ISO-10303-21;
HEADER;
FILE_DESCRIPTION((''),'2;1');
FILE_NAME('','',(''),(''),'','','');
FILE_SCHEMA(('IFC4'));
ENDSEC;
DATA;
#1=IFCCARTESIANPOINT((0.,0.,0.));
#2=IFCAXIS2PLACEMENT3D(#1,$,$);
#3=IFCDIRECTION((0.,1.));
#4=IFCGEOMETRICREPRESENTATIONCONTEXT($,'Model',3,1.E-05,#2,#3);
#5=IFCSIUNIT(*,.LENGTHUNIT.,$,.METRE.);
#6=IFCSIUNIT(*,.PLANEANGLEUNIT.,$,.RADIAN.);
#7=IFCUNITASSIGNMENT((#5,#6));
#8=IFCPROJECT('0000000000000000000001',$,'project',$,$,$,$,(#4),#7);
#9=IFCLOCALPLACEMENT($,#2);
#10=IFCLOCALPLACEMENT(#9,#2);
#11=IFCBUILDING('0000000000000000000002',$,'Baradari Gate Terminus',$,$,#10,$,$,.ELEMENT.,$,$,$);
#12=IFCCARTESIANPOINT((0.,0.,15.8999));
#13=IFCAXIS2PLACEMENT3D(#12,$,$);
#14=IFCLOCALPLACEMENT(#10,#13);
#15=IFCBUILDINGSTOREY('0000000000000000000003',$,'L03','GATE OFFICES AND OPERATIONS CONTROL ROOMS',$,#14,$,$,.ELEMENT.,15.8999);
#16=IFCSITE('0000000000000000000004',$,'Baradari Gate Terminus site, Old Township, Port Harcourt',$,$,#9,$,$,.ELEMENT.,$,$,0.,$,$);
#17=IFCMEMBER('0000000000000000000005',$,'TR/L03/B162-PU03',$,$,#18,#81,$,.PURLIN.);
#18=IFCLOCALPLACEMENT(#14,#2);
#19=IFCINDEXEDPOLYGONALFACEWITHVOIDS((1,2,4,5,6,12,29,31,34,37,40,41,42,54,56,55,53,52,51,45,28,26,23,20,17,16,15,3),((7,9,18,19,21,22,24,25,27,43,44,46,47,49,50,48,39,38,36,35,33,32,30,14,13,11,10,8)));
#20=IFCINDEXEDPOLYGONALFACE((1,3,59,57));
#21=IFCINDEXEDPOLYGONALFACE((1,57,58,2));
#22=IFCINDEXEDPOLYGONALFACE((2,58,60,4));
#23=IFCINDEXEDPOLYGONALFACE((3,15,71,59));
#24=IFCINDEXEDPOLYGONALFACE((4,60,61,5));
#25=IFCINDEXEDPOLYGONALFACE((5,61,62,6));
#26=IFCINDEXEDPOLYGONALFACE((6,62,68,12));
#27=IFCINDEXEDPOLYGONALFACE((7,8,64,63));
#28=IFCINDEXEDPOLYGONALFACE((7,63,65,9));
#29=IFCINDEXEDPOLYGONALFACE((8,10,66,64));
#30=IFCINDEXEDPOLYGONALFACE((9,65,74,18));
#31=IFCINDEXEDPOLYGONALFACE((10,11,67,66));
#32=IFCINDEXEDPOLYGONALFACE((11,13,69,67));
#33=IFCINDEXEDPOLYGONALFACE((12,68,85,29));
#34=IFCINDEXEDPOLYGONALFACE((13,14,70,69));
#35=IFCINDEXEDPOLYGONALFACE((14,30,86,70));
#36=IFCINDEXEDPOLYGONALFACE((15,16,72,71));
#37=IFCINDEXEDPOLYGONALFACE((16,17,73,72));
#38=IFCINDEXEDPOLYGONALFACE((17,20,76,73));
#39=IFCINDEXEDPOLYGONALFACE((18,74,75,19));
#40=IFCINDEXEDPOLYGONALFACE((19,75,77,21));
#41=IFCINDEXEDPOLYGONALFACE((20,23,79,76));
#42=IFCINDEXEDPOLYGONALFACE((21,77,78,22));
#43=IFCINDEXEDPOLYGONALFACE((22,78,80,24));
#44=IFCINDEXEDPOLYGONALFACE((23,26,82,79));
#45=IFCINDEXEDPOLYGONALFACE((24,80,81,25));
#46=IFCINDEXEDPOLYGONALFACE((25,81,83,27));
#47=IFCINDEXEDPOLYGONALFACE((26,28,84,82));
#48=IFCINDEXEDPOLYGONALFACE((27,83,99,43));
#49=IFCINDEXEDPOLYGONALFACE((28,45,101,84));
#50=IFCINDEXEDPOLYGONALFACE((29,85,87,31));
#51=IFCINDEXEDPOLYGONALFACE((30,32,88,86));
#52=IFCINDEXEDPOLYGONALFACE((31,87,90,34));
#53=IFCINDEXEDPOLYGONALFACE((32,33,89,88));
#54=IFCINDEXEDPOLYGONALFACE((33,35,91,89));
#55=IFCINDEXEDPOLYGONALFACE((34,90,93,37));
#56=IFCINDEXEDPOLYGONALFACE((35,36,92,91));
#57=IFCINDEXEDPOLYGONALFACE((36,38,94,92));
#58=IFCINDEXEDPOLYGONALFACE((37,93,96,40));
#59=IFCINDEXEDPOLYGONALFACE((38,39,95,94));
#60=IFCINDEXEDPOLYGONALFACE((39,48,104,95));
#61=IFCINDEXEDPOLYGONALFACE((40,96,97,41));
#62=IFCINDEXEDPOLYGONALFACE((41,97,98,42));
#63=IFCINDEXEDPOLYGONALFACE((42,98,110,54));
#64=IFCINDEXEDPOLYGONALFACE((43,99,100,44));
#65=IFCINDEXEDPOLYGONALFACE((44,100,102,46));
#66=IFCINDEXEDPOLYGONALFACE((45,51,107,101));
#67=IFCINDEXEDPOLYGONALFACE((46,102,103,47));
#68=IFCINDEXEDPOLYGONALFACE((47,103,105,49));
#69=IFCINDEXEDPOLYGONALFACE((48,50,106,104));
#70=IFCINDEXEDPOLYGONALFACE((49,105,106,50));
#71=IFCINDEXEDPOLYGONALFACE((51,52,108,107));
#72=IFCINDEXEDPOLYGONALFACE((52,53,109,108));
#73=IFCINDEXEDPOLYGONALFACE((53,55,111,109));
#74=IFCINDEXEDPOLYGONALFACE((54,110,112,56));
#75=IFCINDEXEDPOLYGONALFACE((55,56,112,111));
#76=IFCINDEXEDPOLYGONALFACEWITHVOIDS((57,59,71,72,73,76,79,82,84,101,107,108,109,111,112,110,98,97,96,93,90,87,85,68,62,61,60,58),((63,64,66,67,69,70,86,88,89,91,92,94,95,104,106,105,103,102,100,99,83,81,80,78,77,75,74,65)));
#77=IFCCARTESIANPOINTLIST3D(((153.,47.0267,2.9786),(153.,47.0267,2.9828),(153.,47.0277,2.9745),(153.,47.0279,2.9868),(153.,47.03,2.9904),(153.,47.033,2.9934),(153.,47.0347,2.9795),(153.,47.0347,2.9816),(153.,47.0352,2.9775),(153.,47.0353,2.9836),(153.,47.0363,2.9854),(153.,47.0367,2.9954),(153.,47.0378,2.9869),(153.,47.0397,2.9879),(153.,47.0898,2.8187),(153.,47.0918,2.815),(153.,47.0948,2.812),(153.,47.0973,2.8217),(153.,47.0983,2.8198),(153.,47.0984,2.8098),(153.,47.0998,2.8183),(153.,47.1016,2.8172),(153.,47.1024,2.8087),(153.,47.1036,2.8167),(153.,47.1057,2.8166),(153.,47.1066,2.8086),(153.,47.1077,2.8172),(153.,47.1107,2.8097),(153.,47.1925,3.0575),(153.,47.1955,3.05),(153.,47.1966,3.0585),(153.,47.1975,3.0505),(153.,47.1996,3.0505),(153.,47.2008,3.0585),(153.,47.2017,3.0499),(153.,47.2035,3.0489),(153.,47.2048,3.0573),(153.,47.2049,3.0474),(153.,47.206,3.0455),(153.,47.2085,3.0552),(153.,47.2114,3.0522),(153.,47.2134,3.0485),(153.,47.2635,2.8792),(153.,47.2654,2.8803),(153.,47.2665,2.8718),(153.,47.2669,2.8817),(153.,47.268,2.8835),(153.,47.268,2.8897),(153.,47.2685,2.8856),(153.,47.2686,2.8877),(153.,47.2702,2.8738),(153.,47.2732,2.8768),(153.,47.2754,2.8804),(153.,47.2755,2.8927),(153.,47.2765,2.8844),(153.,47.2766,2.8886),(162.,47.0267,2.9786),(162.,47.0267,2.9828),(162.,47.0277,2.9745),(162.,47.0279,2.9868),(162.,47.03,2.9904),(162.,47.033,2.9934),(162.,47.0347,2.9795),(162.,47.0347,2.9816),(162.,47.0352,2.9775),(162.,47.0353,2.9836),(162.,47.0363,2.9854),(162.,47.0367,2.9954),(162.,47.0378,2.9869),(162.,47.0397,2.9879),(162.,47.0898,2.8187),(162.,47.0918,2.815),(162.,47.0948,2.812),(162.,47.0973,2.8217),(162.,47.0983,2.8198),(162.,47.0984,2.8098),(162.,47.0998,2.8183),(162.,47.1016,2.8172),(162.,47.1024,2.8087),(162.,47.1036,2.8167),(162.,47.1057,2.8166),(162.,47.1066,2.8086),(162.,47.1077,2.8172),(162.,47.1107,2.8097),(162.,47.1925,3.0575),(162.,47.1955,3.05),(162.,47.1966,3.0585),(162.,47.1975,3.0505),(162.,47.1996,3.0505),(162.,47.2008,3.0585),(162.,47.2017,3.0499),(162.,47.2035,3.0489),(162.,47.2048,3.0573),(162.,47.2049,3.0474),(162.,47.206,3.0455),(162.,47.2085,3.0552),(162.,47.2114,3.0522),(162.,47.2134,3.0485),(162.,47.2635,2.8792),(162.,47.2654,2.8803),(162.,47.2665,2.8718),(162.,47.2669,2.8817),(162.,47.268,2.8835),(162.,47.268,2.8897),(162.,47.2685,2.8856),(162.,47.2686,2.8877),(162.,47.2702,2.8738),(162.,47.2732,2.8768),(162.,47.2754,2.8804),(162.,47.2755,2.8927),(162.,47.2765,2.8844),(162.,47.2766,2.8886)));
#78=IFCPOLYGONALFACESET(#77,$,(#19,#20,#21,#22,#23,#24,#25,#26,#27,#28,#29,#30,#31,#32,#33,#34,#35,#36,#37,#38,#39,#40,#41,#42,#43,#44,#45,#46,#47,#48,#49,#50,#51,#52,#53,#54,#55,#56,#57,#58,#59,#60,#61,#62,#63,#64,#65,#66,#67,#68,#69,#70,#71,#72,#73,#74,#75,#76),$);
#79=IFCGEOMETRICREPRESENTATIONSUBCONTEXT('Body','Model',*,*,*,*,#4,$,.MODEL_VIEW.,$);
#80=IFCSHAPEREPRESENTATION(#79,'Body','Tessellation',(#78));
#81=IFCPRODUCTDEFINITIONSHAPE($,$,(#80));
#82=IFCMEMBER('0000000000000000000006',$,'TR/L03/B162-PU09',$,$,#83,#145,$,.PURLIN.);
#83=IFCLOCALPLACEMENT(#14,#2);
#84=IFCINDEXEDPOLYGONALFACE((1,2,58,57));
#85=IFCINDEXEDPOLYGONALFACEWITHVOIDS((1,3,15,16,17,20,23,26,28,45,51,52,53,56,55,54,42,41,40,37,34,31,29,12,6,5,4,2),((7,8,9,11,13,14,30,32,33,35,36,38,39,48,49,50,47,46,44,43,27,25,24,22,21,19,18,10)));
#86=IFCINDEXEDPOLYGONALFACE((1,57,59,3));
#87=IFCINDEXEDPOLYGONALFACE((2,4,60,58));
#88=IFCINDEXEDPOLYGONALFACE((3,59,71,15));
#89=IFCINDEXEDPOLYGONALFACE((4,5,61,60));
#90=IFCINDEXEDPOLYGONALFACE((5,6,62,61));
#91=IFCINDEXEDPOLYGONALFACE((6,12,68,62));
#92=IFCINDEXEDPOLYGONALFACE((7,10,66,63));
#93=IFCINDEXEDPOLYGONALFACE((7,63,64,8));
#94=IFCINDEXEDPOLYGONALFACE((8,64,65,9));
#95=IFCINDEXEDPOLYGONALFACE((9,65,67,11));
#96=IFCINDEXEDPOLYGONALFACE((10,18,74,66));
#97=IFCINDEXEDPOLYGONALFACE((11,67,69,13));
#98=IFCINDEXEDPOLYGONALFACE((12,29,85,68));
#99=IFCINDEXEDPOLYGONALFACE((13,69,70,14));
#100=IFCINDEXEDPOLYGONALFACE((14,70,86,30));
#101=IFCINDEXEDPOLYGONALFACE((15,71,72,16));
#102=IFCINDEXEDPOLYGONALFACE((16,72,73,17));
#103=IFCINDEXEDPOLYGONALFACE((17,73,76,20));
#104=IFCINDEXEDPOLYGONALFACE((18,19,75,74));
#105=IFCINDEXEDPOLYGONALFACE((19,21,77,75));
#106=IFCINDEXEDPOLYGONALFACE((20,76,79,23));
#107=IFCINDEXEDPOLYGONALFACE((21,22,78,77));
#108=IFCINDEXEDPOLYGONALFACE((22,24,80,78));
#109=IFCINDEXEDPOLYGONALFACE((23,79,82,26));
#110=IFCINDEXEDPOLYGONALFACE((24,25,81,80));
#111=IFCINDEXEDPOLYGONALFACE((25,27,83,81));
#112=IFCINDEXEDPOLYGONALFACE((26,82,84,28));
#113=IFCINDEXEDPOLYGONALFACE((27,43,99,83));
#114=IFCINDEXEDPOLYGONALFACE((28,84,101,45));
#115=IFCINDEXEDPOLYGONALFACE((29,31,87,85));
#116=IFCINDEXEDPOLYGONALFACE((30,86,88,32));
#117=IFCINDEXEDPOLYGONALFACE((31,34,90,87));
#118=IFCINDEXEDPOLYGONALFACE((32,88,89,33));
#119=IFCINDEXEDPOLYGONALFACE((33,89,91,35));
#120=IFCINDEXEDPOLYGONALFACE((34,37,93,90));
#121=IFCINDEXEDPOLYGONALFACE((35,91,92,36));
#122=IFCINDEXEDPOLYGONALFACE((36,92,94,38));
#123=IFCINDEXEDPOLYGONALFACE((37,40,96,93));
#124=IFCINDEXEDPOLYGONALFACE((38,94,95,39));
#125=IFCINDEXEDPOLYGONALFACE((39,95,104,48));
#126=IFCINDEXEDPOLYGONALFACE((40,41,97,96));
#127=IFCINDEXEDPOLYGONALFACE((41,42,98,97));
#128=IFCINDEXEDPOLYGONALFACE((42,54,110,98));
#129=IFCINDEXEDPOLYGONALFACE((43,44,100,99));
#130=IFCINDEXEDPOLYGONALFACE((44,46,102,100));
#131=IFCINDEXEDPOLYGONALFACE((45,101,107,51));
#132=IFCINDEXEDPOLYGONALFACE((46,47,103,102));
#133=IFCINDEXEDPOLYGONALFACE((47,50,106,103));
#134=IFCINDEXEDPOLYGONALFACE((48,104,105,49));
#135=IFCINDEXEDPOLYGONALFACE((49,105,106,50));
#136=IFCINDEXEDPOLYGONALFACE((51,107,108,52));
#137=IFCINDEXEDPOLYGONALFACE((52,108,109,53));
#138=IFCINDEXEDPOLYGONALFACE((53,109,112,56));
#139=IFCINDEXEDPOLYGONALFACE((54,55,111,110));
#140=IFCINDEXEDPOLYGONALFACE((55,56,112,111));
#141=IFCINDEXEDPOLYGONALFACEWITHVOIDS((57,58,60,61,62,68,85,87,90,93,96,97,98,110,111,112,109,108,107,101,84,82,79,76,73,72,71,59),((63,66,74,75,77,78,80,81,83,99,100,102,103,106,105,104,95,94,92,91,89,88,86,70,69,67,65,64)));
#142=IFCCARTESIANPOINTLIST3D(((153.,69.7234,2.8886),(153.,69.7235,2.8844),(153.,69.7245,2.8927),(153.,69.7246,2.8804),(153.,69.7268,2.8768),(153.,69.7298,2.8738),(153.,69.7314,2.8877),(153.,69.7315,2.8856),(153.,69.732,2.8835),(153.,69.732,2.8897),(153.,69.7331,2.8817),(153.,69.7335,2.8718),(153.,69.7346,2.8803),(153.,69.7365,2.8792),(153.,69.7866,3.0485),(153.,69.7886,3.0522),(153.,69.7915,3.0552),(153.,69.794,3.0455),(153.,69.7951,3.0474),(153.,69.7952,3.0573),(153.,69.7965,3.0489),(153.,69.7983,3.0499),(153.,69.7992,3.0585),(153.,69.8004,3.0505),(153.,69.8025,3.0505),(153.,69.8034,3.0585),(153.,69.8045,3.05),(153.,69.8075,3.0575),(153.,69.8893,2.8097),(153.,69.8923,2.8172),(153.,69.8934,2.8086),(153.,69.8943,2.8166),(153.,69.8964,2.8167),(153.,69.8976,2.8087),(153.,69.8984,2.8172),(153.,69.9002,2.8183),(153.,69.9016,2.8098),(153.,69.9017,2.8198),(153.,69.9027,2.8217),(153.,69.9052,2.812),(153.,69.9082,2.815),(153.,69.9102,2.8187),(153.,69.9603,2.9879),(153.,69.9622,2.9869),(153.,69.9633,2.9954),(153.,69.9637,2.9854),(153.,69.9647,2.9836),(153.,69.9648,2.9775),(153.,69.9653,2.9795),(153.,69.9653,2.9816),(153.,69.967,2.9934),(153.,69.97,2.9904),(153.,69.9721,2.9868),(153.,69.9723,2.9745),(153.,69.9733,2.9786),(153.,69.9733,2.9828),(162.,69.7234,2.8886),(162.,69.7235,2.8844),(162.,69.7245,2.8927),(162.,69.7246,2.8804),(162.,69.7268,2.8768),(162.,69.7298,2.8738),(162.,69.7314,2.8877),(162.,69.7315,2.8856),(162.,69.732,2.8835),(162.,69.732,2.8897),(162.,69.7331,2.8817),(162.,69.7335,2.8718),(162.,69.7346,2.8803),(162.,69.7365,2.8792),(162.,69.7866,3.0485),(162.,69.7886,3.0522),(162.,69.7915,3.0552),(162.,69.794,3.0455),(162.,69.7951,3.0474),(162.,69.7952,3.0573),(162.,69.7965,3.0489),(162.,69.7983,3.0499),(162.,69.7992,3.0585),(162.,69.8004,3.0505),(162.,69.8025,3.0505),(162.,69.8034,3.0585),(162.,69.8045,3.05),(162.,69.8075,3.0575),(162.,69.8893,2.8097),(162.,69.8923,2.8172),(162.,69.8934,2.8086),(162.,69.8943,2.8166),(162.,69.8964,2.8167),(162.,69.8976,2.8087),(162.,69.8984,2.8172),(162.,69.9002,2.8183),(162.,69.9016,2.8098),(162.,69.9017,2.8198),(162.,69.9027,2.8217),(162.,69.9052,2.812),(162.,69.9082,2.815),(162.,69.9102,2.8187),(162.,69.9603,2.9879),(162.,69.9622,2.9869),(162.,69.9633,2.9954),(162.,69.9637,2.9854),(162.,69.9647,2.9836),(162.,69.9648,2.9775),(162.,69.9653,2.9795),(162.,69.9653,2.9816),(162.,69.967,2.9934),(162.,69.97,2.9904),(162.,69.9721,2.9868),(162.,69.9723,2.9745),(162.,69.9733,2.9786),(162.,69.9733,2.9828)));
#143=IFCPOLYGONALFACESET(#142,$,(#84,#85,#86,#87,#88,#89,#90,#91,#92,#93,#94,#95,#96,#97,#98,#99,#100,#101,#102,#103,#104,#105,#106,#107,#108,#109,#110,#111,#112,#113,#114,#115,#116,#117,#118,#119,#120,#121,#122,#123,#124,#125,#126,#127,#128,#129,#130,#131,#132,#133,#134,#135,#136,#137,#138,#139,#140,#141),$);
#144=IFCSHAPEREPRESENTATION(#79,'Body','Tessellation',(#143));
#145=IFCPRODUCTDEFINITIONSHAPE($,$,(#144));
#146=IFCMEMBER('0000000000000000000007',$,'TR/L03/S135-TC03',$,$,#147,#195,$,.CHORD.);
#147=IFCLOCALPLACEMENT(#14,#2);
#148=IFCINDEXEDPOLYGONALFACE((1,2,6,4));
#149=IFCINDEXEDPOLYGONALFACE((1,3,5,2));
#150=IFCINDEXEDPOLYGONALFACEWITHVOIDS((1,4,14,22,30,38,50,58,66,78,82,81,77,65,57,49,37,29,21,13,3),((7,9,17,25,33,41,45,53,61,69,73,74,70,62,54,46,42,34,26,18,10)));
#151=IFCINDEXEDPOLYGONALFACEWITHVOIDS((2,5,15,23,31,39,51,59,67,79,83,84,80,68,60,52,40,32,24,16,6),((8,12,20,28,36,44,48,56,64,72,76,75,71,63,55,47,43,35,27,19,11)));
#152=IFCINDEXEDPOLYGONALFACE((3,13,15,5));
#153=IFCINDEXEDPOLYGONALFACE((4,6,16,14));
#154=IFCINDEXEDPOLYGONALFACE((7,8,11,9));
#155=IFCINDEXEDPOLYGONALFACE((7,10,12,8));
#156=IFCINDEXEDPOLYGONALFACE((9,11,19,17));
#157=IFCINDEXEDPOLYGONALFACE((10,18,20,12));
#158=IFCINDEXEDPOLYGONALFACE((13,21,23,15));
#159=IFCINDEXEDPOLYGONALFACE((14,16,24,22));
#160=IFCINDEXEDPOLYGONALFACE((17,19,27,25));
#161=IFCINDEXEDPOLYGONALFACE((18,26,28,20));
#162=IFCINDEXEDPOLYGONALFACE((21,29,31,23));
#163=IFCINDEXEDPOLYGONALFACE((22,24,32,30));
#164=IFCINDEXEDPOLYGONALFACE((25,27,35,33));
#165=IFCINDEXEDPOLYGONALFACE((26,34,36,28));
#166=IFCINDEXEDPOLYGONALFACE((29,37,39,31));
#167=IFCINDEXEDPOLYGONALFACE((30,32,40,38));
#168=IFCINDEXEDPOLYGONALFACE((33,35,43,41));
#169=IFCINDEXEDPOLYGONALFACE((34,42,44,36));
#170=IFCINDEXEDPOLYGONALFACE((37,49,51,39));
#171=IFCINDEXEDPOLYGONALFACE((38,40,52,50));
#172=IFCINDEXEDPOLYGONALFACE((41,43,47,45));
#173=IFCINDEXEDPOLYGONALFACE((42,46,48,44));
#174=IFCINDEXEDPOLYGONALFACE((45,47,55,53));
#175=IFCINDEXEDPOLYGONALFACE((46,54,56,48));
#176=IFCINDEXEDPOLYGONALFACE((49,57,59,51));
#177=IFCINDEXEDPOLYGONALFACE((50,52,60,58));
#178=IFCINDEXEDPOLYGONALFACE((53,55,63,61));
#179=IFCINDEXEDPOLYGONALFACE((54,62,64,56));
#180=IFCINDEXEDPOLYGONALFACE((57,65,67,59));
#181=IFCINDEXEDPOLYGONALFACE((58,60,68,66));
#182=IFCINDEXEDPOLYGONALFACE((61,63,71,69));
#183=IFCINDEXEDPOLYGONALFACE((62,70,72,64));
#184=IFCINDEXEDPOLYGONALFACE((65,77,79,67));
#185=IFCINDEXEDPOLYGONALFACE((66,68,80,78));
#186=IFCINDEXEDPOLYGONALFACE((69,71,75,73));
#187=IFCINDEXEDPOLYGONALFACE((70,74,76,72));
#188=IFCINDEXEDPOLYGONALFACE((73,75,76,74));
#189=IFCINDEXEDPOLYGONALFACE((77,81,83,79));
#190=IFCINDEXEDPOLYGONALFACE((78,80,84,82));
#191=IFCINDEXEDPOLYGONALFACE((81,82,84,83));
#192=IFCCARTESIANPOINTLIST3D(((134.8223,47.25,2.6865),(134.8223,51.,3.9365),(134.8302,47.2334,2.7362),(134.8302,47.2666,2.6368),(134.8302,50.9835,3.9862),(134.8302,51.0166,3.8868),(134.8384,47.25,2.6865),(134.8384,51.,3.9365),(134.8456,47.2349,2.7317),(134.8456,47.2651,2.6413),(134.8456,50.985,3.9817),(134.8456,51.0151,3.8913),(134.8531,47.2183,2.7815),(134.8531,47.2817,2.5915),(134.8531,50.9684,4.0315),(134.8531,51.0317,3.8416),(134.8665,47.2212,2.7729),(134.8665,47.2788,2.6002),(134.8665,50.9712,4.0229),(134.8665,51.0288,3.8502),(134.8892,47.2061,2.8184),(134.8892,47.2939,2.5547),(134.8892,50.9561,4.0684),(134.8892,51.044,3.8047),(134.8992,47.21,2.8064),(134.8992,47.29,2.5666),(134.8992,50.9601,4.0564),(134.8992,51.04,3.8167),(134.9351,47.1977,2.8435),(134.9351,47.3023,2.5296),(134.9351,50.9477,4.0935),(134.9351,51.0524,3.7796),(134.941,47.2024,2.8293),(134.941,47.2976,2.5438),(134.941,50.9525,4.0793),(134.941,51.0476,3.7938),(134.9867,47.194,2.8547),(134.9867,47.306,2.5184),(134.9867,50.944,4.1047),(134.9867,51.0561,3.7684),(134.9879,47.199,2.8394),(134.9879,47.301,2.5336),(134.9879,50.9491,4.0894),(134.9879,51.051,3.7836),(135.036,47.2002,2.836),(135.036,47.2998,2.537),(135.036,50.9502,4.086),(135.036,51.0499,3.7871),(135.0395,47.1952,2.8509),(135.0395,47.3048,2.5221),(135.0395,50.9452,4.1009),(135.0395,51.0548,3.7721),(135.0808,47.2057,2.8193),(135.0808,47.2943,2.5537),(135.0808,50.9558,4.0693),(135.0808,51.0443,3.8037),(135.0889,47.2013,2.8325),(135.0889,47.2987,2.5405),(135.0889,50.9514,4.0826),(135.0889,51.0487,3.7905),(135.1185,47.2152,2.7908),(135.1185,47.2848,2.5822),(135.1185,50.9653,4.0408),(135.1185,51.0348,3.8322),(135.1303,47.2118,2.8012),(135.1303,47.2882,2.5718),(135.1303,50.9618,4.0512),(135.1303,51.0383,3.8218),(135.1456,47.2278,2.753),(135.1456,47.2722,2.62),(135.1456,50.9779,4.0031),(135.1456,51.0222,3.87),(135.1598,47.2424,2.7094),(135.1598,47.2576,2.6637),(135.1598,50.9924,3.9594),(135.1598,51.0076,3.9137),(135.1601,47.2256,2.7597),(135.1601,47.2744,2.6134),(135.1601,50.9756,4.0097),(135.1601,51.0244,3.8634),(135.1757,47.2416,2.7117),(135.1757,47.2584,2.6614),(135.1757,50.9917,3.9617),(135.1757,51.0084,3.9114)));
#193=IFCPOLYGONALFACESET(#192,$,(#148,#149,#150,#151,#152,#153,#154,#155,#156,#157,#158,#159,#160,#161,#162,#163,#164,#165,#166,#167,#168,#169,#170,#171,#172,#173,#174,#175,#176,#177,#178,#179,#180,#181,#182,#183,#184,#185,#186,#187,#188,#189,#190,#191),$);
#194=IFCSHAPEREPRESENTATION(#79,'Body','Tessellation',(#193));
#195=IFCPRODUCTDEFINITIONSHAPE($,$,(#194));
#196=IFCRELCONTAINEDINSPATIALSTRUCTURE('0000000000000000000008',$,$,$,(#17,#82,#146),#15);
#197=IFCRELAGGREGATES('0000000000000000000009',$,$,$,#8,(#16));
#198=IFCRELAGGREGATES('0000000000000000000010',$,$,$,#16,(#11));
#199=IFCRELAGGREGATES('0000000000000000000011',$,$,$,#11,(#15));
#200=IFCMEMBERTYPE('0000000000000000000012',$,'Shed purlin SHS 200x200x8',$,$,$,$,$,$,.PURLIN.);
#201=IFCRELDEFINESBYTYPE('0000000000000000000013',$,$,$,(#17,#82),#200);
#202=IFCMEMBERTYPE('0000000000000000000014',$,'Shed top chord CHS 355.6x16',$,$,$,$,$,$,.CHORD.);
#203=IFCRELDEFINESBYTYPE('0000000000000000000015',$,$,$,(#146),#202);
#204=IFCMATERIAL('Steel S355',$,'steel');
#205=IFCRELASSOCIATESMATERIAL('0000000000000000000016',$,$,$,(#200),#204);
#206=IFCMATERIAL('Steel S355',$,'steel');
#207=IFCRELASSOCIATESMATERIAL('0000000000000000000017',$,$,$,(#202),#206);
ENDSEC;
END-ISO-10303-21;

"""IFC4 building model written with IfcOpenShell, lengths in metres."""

from ifc_helpers import new_model, si_unit, direction, frame, origin, origin_2d, place, context, subcontext, project, spatial, hollow_rectangle, hollow_circle, extrude, material, material_profile, profile_set, type_object, element, save


model = new_model("IFC4")

# Units and contexts
model_context = context("Model", 3, precision=1e-05, world=origin(), true_north=direction((0.0, 1.0)))
body_context = subcontext(model_context, "Body", "Model", "MODEL_VIEW")
ifc_project = project(units=[si_unit("LENGTHUNIT", "METRE"), si_unit("PLANEANGLEUNIT", "RADIAN")], contexts=[model_context])

# Site, building, storey
site_placement = place(None, origin())
site = spatial("IfcSite", under=ifc_project, at=site_placement, Name="Baradari Gate Terminus site, Old Township, Port Harcourt", CompositionType="ELEMENT", RefElevation=0.0)
building_placement = place(site_placement, origin())
building = spatial("IfcBuilding", under=site, at=building_placement, Name="Baradari Gate Terminus", CompositionType="ELEMENT")
storey_placement = place(building_placement, frame((0.0, 0.0, 15.8999)))
storey = spatial("IfcBuildingStorey", under=building, at=storey_placement, Name="L03", Description="GATE OFFICES AND OPERATIONS CONTROL ROOMS", CompositionType="ELEMENT", Elevation=15.8999)

# Members
ifc_material_1 = material(Name="Steel S355", Category="steel")
ifc_material_profile_1 = material_profile(ifc_material_1, hollow_rectangle(XDim=0.2, YDim=0.2, WallThickness=0.0081, InnerFilletRadius=0.0081, OuterFilletRadius=0.0161, at=origin_2d()), Name="SHS 200x200x8")
ifc_profile_set_1 = profile_set([ifc_material_profile_1], Name="Steel S355")
member_type_1 = type_object("IfcMemberType", Name="Shed purlin SHS 200x200x8", PredefinedType="PURLIN", material=ifc_profile_set_1)
for number, where, z_axis, x_axis, name in (
    (1, (153.0, 47.1516, 2.9336), (1.0, 0.0, 0.0), (0.0, 0.928965, 0.370167), "TR/L03/B162-PU03"),
    (2, (153.0, 69.8484, 2.9336), (1.0, 0.0, 0.0), (0.0, 0.928965, -0.370167), "TR/L03/B162-PU09"),
):
    element("IfcMember", number, at=place(storey_placement, frame(where, z_axis=z_axis, x_axis=x_axis)), inside=storey, type_object=member_type_1, Name=name, PredefinedType="PURLIN", context=body_context, shape_type="SweptSolid", body=[
        extrude(hollow_rectangle(XDim=0.2, YDim=0.2, WallThickness=0.0081, InnerFilletRadius=0.0081, OuterFilletRadius=0.0161, at=origin_2d()), origin(), (0.0, 0.0, 1.0), 9.0),
    ])
ifc_material_2 = material(Name="Steel S355", Category="steel")
ifc_material_profile_2 = material_profile(ifc_material_2, hollow_circle(Radius=0.1777, WallThickness=0.0161, at=origin_2d()), Name="CHS 355.6x16")
ifc_profile_set_2 = profile_set([ifc_material_profile_2], Name="Steel S355")
member_type_2 = type_object("IfcMemberType", Name="Shed top chord CHS 355.6x16", PredefinedType="CHORD", material=ifc_profile_set_2)
for number, where, z_axis, x_axis, name in (
    (3, (135.0, 47.25, 2.6865), (0.0, 0.948683, 0.316228), (-1.0, 0.0, 0.0), "TR/L03/S135-TC03"),
):
    element("IfcMember", number, at=place(storey_placement, frame(where, z_axis=z_axis, x_axis=x_axis)), inside=storey, type_object=member_type_2, Name=name, PredefinedType="CHORD", context=body_context, shape_type="SweptSolid", body=[
        extrude(hollow_circle(Radius=0.1777, WallThickness=0.0161, at=origin_2d()), origin(), (0.0, 0.0, 1.0), 3.9529),
    ])

save(model, "model.ifc")
